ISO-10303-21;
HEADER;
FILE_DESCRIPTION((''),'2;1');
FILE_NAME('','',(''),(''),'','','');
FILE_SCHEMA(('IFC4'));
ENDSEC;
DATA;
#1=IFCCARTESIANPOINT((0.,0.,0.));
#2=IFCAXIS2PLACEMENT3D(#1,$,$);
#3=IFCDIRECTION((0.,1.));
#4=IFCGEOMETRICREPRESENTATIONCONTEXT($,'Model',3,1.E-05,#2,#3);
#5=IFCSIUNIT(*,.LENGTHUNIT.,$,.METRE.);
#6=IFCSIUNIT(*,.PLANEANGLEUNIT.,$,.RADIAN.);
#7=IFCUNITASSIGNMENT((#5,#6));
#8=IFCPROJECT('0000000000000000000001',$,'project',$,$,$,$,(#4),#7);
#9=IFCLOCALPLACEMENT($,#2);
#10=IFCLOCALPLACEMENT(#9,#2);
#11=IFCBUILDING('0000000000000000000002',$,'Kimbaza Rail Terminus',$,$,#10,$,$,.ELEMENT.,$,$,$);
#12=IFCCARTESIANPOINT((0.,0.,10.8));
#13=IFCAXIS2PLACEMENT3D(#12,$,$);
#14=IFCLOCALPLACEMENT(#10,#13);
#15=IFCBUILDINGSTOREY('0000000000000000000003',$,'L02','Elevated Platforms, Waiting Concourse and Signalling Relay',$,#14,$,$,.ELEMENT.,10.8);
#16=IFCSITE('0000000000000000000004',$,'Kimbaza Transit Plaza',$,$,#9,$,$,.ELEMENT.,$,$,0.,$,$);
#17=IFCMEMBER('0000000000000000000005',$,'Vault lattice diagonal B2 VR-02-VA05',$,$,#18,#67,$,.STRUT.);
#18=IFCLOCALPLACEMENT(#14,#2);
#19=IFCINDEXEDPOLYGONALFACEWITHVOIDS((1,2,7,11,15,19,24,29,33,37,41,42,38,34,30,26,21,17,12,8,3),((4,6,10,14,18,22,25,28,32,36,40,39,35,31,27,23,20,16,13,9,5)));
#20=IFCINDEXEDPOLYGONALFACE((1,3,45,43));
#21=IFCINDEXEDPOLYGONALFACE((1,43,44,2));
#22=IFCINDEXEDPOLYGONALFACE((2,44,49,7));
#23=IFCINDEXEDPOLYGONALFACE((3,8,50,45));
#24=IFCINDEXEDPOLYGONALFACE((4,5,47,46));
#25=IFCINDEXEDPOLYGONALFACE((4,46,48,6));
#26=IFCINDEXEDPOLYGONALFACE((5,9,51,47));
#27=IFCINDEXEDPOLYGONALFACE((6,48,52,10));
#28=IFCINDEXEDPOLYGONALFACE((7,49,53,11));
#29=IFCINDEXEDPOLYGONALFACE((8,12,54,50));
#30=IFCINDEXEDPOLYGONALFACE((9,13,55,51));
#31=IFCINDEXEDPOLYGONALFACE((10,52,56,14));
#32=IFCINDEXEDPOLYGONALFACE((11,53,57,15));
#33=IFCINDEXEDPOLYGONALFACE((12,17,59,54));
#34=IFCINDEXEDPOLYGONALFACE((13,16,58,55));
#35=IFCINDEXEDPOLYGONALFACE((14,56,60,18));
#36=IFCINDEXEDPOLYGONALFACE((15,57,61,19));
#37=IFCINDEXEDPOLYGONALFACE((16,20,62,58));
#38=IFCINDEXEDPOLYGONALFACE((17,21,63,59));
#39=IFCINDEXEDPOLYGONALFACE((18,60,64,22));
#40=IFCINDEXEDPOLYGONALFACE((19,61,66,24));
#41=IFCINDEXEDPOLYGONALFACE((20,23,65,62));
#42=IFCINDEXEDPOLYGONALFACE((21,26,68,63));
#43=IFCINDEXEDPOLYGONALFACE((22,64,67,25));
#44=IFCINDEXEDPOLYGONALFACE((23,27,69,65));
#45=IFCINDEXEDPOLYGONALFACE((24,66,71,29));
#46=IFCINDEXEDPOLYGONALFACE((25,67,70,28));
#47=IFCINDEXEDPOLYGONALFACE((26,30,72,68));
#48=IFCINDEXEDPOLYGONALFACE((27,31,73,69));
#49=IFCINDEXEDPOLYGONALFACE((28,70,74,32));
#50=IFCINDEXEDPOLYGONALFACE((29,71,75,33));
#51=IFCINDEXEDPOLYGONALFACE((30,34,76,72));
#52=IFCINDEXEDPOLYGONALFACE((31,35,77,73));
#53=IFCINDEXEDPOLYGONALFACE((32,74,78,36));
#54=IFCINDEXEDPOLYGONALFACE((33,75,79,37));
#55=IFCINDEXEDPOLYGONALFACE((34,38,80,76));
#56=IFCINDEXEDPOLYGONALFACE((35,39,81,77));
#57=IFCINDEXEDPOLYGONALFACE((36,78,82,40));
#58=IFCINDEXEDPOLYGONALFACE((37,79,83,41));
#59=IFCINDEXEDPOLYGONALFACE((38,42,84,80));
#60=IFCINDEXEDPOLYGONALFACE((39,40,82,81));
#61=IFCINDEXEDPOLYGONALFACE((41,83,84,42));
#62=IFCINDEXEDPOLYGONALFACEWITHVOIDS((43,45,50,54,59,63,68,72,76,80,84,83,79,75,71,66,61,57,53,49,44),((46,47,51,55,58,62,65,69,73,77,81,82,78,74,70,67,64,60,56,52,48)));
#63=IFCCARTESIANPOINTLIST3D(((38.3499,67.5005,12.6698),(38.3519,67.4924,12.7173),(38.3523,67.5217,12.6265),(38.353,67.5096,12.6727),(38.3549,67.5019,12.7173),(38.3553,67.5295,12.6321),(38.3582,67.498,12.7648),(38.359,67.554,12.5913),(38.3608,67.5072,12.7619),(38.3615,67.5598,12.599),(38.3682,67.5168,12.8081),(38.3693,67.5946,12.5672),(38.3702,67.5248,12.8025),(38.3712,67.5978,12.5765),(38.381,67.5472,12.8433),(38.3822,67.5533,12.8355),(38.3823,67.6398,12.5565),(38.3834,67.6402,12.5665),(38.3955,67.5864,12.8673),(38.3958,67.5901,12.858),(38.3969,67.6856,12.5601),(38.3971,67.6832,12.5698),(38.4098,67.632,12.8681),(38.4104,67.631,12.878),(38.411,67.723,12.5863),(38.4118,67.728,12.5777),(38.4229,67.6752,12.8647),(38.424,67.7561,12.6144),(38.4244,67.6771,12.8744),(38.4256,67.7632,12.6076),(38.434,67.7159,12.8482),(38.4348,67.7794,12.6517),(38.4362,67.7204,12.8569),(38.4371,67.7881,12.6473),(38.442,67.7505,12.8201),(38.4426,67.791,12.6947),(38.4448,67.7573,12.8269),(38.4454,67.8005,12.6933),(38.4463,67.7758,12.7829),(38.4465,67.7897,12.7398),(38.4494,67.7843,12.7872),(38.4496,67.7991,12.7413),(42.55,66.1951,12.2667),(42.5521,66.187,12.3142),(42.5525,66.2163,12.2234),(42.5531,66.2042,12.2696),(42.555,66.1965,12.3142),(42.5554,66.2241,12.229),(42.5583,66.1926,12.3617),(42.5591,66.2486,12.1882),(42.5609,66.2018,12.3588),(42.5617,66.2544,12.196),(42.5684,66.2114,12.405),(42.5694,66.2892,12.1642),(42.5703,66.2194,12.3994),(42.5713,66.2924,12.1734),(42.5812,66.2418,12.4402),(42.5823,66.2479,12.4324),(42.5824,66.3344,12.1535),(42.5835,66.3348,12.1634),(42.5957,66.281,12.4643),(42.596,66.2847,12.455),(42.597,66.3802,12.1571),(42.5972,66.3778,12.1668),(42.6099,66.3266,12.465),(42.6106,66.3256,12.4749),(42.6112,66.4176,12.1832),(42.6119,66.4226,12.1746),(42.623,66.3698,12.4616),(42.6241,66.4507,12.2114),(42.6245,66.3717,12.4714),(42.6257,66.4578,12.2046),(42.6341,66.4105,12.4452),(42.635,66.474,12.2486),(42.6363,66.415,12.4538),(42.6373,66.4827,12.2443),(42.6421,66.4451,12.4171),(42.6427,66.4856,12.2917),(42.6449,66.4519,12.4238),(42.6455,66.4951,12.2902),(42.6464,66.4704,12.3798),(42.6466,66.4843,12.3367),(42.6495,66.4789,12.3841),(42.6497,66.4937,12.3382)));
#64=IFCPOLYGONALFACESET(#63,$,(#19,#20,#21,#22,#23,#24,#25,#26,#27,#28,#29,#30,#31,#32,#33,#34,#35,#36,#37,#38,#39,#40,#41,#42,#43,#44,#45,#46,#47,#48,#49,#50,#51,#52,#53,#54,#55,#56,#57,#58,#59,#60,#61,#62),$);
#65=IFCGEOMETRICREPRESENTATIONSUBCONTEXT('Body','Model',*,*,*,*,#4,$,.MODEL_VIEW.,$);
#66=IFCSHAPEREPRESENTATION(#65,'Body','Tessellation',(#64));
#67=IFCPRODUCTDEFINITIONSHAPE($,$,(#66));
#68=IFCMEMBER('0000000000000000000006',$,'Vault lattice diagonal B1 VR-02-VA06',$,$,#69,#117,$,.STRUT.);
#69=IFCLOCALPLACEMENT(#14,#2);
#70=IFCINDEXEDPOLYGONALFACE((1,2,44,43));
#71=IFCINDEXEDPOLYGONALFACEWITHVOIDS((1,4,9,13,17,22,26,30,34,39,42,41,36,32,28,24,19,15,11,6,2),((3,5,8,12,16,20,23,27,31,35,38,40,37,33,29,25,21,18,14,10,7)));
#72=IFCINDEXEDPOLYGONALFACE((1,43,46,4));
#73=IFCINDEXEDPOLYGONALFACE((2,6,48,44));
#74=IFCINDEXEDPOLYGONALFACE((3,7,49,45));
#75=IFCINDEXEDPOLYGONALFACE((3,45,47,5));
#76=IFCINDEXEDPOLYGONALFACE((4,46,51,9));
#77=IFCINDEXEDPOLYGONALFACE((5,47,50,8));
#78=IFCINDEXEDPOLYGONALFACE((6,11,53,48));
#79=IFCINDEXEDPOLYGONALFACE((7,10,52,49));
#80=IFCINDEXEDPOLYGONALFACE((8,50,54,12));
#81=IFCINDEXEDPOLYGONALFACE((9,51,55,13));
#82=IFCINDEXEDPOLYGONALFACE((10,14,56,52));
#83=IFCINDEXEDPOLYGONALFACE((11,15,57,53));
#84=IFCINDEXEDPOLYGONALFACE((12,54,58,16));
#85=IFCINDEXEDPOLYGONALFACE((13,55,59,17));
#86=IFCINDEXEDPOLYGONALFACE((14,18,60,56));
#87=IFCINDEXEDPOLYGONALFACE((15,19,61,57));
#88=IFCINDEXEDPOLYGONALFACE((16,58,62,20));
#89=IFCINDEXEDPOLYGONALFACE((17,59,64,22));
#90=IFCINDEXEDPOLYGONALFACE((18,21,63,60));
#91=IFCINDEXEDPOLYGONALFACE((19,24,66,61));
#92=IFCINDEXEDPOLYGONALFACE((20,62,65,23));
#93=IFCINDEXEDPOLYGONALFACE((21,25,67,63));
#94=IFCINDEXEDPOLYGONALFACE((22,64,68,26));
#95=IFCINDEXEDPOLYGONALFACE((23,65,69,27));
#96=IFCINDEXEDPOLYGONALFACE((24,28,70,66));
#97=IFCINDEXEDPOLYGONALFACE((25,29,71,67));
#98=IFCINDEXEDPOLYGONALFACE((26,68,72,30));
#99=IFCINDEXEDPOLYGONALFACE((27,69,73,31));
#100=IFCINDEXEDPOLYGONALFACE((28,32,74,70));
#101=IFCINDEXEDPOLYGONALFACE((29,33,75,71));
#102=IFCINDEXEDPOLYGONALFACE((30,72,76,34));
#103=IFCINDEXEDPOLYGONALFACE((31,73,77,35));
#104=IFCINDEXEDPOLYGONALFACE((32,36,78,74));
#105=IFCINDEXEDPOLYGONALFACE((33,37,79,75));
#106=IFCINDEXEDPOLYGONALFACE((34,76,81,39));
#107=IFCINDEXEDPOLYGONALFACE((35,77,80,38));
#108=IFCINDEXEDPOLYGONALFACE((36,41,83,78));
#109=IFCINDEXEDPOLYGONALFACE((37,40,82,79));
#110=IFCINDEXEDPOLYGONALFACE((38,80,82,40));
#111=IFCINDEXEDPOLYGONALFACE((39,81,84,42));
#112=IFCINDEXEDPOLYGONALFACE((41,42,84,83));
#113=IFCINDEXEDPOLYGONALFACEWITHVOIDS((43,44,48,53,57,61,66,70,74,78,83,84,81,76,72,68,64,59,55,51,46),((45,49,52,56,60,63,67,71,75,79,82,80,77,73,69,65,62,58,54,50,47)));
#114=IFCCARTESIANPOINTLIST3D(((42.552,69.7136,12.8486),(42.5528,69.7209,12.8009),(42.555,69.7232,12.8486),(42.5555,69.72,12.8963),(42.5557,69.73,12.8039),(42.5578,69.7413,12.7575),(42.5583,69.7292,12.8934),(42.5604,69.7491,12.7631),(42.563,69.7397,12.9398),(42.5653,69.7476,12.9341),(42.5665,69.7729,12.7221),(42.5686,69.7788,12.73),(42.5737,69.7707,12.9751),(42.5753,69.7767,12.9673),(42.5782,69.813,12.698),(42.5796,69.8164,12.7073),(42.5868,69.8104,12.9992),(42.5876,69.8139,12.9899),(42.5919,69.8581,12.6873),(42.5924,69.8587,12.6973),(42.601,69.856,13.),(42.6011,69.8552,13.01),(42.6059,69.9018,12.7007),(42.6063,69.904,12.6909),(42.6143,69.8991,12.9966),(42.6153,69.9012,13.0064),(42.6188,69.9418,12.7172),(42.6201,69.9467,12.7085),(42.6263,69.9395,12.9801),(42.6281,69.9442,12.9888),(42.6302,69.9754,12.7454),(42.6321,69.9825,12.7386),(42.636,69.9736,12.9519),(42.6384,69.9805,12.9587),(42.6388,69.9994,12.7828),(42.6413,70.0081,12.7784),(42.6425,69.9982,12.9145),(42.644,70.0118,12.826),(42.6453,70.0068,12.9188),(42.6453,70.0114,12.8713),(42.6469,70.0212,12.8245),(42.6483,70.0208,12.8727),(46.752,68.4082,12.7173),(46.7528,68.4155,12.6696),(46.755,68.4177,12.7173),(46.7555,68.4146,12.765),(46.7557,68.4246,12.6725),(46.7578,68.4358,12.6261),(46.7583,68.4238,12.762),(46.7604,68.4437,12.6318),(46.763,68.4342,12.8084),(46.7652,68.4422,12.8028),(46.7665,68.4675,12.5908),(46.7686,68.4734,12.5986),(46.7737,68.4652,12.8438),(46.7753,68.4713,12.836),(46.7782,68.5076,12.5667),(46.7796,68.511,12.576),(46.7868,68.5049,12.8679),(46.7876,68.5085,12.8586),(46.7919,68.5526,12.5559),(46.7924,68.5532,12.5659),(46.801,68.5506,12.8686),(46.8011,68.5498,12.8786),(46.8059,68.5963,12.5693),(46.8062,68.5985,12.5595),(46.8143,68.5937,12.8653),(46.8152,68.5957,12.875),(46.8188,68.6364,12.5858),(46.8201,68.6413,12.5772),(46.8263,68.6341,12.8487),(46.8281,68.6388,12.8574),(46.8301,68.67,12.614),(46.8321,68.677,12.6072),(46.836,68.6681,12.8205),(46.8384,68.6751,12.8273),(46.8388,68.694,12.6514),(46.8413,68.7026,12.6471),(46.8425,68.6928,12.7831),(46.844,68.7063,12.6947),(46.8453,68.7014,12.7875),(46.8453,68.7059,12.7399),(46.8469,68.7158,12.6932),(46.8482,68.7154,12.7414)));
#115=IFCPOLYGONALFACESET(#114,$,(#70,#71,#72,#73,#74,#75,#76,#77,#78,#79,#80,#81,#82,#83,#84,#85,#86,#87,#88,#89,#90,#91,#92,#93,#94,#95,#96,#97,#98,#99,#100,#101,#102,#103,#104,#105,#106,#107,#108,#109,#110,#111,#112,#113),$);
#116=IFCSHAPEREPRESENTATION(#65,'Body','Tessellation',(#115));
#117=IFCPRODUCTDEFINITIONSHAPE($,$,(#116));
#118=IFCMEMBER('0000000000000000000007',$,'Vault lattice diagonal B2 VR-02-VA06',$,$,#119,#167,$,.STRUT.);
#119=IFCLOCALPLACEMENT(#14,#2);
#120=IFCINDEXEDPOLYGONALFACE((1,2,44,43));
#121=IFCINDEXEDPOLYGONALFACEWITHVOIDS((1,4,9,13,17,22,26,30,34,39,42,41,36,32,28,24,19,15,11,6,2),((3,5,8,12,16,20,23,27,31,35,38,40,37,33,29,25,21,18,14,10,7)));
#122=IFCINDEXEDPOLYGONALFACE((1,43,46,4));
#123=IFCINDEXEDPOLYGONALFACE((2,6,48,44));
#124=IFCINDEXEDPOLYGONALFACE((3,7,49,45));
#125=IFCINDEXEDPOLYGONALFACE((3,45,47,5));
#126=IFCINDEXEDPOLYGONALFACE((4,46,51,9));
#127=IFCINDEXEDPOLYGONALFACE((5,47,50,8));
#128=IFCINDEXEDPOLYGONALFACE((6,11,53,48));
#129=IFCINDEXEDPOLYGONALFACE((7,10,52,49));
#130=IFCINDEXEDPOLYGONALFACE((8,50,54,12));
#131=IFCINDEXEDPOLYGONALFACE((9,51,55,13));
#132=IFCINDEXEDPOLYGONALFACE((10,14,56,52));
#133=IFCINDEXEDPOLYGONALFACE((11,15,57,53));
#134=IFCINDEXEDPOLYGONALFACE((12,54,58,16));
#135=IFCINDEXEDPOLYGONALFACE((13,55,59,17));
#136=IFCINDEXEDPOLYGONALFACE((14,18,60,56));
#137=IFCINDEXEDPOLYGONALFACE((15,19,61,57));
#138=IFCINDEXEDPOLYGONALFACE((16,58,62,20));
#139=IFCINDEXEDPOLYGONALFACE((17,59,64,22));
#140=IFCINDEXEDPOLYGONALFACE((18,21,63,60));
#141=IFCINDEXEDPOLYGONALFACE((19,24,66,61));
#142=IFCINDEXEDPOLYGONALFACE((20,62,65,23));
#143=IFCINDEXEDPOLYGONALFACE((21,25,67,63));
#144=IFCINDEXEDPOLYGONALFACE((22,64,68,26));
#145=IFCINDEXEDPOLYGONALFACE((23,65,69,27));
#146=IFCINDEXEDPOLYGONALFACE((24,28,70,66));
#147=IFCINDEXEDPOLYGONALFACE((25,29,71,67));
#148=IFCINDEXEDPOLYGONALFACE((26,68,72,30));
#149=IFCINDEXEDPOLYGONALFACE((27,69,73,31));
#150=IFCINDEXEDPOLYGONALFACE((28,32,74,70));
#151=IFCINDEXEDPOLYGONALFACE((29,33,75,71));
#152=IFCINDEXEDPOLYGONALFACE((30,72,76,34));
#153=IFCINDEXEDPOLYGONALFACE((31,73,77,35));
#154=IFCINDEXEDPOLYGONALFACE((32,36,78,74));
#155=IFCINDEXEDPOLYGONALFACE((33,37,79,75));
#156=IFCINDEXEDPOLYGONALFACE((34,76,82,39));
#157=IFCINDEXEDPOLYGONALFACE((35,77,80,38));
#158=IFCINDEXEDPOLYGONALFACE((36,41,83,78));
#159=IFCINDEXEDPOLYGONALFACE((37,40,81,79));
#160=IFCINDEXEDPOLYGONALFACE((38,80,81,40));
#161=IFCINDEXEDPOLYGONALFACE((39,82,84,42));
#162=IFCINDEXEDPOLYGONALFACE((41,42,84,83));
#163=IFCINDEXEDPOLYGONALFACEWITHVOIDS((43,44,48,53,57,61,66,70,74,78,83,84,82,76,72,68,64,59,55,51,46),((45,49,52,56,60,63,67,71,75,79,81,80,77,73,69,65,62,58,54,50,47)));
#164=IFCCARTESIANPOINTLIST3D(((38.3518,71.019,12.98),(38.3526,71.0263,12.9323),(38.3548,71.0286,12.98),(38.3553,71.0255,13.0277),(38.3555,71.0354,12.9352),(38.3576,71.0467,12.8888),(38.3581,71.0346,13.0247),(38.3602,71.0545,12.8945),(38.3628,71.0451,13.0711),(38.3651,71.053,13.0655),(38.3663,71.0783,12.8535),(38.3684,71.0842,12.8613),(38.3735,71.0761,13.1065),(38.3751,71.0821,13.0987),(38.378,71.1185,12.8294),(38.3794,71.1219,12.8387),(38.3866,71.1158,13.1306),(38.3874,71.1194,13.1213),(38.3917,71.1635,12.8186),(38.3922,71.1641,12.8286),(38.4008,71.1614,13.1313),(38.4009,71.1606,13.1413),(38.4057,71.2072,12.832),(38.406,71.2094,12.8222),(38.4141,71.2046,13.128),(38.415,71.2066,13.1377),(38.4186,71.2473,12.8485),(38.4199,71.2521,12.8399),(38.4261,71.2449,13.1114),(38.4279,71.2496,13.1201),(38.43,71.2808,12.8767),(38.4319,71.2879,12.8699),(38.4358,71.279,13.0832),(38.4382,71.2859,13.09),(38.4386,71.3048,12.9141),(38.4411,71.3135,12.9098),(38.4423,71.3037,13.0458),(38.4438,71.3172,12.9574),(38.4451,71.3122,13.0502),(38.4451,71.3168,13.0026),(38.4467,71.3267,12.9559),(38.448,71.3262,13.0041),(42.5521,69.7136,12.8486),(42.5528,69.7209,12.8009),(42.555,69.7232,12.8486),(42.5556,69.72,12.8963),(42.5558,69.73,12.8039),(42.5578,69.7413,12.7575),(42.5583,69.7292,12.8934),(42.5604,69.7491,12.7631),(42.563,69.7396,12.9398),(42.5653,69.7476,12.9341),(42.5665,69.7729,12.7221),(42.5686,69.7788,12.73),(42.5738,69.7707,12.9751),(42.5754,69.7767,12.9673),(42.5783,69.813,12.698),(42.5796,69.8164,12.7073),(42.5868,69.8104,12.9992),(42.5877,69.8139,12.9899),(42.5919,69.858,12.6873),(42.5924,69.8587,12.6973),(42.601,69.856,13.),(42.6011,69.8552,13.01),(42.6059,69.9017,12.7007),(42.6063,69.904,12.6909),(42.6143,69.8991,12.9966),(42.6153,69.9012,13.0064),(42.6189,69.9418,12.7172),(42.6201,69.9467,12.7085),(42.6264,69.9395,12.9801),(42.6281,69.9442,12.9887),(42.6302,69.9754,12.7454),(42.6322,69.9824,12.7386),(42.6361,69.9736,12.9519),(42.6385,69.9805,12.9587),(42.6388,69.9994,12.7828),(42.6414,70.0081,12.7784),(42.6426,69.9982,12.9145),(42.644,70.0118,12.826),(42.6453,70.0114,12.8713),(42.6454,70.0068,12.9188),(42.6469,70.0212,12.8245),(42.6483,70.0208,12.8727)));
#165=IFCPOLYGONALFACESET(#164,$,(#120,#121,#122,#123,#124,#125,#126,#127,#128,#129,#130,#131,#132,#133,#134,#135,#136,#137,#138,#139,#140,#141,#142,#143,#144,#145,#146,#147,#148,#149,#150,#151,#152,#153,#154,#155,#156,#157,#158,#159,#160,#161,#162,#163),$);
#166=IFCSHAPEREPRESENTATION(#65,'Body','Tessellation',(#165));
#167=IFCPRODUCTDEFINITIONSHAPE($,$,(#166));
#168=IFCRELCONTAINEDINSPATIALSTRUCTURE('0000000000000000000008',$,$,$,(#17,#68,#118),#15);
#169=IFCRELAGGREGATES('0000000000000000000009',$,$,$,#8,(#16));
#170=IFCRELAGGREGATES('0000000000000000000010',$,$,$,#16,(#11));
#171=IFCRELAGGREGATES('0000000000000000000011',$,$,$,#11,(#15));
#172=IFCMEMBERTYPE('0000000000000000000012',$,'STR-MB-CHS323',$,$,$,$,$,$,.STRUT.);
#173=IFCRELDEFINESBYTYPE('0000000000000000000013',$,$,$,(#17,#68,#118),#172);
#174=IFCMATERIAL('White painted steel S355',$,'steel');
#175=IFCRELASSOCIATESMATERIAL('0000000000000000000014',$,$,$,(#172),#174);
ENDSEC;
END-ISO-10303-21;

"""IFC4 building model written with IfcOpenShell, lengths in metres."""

from ifc_helpers import new_model, si_unit, direction, frame, origin, origin_2d, place, context, subcontext, project, spatial, hollow_circle, extrude, material, material_profile, profile_set, type_object, element, save


model = new_model("IFC4")

# Units and contexts
model_context = context("Model", 3, precision=1e-05, world=origin(), true_north=direction((0.0, 1.0)))
body_context = subcontext(model_context, "Body", "Model", "MODEL_VIEW")
ifc_project = project(units=[si_unit("LENGTHUNIT", "METRE"), si_unit("PLANEANGLEUNIT", "RADIAN")], contexts=[model_context])

# Site, building, storey
site_placement = place(None, origin())
site = spatial("IfcSite", under=ifc_project, at=site_placement, Name="Kimbaza Transit Plaza", CompositionType="ELEMENT", RefElevation=0.0)
building_placement = place(site_placement, origin())
building = spatial("IfcBuilding", under=site, at=building_placement, Name="Kimbaza Rail Terminus", CompositionType="ELEMENT")
storey_placement = place(building_placement, frame((0.0, 0.0, 10.8)))
storey = spatial("IfcBuildingStorey", under=building, at=storey_placement, Name="L02", Description="Elevated Platforms, Waiting Concourse and Signalling Relay", CompositionType="ELEMENT", Elevation=10.8)

# Members
ifc_material_1 = material(Name="White painted steel S355", Category="steel")
ifc_material_profile_1 = material_profile(ifc_material_1, hollow_circle(Radius=0.1619, WallThickness=0.01, at=origin_2d()), Name="CHS 323.9x10")
ifc_profile_set_1 = profile_set([ifc_material_profile_1], Name="White painted steel S355")
member_type_1 = type_object("IfcMemberType", Name="STR-MB-CHS323", PredefinedType="STRUT", material=ifc_profile_set_1)
member_1_placement = place(storey_placement, frame((42.6001, 66.3416, 12.3142), z_axis=(-0.950956, 0.295557, 0.09126), x_axis=(-0.296796, -0.954941, 0.0)))
element("IfcMember", 1, at=member_1_placement, inside=storey, type_object=member_type_1, Name="Vault lattice diagonal B2 VR-02-VA05", PredefinedType="STRUT", context=body_context, shape_type="SweptSolid", body=[
    extrude(hollow_circle(Radius=0.1619, WallThickness=0.01, at=origin_2d()), origin(), (0.0, 0.0, 1.0), 4.4167),
])
member_2_placement = place(storey_placement, frame((46.8, 68.5627, 12.7173), z_axis=(-0.954511, 0.296679, 0.029851), x_axis=(-0.296811, -0.954936, 0.0)))
element("IfcMember", 2, at=member_2_placement, inside=storey, type_object=member_type_1, Name="Vault lattice diagonal B1 VR-02-VA06", PredefinedType="STRUT", context=body_context, shape_type="SweptSolid", body=[
    extrude(hollow_circle(Radius=0.1619, WallThickness=0.01, at=origin_2d()), origin(), (0.0, 0.0, 1.0), 4.4001),
])
member_3_placement = place(storey_placement, frame((42.6001, 69.8682, 12.8486), z_axis=(-0.954516, 0.296663, 0.029849), x_axis=(-0.296796, -0.954941, 0.0)))
element("IfcMember", 3, at=member_3_placement, inside=storey, type_object=member_type_1, Name="Vault lattice diagonal B2 VR-02-VA06", PredefinedType="STRUT", context=body_context, shape_type="SweptSolid", body=[
    extrude(hollow_circle(Radius=0.1619, WallThickness=0.01, at=origin_2d()), origin(), (0.0, 0.0, 1.0), 4.4004),
])

save(model, "model.ifc")
